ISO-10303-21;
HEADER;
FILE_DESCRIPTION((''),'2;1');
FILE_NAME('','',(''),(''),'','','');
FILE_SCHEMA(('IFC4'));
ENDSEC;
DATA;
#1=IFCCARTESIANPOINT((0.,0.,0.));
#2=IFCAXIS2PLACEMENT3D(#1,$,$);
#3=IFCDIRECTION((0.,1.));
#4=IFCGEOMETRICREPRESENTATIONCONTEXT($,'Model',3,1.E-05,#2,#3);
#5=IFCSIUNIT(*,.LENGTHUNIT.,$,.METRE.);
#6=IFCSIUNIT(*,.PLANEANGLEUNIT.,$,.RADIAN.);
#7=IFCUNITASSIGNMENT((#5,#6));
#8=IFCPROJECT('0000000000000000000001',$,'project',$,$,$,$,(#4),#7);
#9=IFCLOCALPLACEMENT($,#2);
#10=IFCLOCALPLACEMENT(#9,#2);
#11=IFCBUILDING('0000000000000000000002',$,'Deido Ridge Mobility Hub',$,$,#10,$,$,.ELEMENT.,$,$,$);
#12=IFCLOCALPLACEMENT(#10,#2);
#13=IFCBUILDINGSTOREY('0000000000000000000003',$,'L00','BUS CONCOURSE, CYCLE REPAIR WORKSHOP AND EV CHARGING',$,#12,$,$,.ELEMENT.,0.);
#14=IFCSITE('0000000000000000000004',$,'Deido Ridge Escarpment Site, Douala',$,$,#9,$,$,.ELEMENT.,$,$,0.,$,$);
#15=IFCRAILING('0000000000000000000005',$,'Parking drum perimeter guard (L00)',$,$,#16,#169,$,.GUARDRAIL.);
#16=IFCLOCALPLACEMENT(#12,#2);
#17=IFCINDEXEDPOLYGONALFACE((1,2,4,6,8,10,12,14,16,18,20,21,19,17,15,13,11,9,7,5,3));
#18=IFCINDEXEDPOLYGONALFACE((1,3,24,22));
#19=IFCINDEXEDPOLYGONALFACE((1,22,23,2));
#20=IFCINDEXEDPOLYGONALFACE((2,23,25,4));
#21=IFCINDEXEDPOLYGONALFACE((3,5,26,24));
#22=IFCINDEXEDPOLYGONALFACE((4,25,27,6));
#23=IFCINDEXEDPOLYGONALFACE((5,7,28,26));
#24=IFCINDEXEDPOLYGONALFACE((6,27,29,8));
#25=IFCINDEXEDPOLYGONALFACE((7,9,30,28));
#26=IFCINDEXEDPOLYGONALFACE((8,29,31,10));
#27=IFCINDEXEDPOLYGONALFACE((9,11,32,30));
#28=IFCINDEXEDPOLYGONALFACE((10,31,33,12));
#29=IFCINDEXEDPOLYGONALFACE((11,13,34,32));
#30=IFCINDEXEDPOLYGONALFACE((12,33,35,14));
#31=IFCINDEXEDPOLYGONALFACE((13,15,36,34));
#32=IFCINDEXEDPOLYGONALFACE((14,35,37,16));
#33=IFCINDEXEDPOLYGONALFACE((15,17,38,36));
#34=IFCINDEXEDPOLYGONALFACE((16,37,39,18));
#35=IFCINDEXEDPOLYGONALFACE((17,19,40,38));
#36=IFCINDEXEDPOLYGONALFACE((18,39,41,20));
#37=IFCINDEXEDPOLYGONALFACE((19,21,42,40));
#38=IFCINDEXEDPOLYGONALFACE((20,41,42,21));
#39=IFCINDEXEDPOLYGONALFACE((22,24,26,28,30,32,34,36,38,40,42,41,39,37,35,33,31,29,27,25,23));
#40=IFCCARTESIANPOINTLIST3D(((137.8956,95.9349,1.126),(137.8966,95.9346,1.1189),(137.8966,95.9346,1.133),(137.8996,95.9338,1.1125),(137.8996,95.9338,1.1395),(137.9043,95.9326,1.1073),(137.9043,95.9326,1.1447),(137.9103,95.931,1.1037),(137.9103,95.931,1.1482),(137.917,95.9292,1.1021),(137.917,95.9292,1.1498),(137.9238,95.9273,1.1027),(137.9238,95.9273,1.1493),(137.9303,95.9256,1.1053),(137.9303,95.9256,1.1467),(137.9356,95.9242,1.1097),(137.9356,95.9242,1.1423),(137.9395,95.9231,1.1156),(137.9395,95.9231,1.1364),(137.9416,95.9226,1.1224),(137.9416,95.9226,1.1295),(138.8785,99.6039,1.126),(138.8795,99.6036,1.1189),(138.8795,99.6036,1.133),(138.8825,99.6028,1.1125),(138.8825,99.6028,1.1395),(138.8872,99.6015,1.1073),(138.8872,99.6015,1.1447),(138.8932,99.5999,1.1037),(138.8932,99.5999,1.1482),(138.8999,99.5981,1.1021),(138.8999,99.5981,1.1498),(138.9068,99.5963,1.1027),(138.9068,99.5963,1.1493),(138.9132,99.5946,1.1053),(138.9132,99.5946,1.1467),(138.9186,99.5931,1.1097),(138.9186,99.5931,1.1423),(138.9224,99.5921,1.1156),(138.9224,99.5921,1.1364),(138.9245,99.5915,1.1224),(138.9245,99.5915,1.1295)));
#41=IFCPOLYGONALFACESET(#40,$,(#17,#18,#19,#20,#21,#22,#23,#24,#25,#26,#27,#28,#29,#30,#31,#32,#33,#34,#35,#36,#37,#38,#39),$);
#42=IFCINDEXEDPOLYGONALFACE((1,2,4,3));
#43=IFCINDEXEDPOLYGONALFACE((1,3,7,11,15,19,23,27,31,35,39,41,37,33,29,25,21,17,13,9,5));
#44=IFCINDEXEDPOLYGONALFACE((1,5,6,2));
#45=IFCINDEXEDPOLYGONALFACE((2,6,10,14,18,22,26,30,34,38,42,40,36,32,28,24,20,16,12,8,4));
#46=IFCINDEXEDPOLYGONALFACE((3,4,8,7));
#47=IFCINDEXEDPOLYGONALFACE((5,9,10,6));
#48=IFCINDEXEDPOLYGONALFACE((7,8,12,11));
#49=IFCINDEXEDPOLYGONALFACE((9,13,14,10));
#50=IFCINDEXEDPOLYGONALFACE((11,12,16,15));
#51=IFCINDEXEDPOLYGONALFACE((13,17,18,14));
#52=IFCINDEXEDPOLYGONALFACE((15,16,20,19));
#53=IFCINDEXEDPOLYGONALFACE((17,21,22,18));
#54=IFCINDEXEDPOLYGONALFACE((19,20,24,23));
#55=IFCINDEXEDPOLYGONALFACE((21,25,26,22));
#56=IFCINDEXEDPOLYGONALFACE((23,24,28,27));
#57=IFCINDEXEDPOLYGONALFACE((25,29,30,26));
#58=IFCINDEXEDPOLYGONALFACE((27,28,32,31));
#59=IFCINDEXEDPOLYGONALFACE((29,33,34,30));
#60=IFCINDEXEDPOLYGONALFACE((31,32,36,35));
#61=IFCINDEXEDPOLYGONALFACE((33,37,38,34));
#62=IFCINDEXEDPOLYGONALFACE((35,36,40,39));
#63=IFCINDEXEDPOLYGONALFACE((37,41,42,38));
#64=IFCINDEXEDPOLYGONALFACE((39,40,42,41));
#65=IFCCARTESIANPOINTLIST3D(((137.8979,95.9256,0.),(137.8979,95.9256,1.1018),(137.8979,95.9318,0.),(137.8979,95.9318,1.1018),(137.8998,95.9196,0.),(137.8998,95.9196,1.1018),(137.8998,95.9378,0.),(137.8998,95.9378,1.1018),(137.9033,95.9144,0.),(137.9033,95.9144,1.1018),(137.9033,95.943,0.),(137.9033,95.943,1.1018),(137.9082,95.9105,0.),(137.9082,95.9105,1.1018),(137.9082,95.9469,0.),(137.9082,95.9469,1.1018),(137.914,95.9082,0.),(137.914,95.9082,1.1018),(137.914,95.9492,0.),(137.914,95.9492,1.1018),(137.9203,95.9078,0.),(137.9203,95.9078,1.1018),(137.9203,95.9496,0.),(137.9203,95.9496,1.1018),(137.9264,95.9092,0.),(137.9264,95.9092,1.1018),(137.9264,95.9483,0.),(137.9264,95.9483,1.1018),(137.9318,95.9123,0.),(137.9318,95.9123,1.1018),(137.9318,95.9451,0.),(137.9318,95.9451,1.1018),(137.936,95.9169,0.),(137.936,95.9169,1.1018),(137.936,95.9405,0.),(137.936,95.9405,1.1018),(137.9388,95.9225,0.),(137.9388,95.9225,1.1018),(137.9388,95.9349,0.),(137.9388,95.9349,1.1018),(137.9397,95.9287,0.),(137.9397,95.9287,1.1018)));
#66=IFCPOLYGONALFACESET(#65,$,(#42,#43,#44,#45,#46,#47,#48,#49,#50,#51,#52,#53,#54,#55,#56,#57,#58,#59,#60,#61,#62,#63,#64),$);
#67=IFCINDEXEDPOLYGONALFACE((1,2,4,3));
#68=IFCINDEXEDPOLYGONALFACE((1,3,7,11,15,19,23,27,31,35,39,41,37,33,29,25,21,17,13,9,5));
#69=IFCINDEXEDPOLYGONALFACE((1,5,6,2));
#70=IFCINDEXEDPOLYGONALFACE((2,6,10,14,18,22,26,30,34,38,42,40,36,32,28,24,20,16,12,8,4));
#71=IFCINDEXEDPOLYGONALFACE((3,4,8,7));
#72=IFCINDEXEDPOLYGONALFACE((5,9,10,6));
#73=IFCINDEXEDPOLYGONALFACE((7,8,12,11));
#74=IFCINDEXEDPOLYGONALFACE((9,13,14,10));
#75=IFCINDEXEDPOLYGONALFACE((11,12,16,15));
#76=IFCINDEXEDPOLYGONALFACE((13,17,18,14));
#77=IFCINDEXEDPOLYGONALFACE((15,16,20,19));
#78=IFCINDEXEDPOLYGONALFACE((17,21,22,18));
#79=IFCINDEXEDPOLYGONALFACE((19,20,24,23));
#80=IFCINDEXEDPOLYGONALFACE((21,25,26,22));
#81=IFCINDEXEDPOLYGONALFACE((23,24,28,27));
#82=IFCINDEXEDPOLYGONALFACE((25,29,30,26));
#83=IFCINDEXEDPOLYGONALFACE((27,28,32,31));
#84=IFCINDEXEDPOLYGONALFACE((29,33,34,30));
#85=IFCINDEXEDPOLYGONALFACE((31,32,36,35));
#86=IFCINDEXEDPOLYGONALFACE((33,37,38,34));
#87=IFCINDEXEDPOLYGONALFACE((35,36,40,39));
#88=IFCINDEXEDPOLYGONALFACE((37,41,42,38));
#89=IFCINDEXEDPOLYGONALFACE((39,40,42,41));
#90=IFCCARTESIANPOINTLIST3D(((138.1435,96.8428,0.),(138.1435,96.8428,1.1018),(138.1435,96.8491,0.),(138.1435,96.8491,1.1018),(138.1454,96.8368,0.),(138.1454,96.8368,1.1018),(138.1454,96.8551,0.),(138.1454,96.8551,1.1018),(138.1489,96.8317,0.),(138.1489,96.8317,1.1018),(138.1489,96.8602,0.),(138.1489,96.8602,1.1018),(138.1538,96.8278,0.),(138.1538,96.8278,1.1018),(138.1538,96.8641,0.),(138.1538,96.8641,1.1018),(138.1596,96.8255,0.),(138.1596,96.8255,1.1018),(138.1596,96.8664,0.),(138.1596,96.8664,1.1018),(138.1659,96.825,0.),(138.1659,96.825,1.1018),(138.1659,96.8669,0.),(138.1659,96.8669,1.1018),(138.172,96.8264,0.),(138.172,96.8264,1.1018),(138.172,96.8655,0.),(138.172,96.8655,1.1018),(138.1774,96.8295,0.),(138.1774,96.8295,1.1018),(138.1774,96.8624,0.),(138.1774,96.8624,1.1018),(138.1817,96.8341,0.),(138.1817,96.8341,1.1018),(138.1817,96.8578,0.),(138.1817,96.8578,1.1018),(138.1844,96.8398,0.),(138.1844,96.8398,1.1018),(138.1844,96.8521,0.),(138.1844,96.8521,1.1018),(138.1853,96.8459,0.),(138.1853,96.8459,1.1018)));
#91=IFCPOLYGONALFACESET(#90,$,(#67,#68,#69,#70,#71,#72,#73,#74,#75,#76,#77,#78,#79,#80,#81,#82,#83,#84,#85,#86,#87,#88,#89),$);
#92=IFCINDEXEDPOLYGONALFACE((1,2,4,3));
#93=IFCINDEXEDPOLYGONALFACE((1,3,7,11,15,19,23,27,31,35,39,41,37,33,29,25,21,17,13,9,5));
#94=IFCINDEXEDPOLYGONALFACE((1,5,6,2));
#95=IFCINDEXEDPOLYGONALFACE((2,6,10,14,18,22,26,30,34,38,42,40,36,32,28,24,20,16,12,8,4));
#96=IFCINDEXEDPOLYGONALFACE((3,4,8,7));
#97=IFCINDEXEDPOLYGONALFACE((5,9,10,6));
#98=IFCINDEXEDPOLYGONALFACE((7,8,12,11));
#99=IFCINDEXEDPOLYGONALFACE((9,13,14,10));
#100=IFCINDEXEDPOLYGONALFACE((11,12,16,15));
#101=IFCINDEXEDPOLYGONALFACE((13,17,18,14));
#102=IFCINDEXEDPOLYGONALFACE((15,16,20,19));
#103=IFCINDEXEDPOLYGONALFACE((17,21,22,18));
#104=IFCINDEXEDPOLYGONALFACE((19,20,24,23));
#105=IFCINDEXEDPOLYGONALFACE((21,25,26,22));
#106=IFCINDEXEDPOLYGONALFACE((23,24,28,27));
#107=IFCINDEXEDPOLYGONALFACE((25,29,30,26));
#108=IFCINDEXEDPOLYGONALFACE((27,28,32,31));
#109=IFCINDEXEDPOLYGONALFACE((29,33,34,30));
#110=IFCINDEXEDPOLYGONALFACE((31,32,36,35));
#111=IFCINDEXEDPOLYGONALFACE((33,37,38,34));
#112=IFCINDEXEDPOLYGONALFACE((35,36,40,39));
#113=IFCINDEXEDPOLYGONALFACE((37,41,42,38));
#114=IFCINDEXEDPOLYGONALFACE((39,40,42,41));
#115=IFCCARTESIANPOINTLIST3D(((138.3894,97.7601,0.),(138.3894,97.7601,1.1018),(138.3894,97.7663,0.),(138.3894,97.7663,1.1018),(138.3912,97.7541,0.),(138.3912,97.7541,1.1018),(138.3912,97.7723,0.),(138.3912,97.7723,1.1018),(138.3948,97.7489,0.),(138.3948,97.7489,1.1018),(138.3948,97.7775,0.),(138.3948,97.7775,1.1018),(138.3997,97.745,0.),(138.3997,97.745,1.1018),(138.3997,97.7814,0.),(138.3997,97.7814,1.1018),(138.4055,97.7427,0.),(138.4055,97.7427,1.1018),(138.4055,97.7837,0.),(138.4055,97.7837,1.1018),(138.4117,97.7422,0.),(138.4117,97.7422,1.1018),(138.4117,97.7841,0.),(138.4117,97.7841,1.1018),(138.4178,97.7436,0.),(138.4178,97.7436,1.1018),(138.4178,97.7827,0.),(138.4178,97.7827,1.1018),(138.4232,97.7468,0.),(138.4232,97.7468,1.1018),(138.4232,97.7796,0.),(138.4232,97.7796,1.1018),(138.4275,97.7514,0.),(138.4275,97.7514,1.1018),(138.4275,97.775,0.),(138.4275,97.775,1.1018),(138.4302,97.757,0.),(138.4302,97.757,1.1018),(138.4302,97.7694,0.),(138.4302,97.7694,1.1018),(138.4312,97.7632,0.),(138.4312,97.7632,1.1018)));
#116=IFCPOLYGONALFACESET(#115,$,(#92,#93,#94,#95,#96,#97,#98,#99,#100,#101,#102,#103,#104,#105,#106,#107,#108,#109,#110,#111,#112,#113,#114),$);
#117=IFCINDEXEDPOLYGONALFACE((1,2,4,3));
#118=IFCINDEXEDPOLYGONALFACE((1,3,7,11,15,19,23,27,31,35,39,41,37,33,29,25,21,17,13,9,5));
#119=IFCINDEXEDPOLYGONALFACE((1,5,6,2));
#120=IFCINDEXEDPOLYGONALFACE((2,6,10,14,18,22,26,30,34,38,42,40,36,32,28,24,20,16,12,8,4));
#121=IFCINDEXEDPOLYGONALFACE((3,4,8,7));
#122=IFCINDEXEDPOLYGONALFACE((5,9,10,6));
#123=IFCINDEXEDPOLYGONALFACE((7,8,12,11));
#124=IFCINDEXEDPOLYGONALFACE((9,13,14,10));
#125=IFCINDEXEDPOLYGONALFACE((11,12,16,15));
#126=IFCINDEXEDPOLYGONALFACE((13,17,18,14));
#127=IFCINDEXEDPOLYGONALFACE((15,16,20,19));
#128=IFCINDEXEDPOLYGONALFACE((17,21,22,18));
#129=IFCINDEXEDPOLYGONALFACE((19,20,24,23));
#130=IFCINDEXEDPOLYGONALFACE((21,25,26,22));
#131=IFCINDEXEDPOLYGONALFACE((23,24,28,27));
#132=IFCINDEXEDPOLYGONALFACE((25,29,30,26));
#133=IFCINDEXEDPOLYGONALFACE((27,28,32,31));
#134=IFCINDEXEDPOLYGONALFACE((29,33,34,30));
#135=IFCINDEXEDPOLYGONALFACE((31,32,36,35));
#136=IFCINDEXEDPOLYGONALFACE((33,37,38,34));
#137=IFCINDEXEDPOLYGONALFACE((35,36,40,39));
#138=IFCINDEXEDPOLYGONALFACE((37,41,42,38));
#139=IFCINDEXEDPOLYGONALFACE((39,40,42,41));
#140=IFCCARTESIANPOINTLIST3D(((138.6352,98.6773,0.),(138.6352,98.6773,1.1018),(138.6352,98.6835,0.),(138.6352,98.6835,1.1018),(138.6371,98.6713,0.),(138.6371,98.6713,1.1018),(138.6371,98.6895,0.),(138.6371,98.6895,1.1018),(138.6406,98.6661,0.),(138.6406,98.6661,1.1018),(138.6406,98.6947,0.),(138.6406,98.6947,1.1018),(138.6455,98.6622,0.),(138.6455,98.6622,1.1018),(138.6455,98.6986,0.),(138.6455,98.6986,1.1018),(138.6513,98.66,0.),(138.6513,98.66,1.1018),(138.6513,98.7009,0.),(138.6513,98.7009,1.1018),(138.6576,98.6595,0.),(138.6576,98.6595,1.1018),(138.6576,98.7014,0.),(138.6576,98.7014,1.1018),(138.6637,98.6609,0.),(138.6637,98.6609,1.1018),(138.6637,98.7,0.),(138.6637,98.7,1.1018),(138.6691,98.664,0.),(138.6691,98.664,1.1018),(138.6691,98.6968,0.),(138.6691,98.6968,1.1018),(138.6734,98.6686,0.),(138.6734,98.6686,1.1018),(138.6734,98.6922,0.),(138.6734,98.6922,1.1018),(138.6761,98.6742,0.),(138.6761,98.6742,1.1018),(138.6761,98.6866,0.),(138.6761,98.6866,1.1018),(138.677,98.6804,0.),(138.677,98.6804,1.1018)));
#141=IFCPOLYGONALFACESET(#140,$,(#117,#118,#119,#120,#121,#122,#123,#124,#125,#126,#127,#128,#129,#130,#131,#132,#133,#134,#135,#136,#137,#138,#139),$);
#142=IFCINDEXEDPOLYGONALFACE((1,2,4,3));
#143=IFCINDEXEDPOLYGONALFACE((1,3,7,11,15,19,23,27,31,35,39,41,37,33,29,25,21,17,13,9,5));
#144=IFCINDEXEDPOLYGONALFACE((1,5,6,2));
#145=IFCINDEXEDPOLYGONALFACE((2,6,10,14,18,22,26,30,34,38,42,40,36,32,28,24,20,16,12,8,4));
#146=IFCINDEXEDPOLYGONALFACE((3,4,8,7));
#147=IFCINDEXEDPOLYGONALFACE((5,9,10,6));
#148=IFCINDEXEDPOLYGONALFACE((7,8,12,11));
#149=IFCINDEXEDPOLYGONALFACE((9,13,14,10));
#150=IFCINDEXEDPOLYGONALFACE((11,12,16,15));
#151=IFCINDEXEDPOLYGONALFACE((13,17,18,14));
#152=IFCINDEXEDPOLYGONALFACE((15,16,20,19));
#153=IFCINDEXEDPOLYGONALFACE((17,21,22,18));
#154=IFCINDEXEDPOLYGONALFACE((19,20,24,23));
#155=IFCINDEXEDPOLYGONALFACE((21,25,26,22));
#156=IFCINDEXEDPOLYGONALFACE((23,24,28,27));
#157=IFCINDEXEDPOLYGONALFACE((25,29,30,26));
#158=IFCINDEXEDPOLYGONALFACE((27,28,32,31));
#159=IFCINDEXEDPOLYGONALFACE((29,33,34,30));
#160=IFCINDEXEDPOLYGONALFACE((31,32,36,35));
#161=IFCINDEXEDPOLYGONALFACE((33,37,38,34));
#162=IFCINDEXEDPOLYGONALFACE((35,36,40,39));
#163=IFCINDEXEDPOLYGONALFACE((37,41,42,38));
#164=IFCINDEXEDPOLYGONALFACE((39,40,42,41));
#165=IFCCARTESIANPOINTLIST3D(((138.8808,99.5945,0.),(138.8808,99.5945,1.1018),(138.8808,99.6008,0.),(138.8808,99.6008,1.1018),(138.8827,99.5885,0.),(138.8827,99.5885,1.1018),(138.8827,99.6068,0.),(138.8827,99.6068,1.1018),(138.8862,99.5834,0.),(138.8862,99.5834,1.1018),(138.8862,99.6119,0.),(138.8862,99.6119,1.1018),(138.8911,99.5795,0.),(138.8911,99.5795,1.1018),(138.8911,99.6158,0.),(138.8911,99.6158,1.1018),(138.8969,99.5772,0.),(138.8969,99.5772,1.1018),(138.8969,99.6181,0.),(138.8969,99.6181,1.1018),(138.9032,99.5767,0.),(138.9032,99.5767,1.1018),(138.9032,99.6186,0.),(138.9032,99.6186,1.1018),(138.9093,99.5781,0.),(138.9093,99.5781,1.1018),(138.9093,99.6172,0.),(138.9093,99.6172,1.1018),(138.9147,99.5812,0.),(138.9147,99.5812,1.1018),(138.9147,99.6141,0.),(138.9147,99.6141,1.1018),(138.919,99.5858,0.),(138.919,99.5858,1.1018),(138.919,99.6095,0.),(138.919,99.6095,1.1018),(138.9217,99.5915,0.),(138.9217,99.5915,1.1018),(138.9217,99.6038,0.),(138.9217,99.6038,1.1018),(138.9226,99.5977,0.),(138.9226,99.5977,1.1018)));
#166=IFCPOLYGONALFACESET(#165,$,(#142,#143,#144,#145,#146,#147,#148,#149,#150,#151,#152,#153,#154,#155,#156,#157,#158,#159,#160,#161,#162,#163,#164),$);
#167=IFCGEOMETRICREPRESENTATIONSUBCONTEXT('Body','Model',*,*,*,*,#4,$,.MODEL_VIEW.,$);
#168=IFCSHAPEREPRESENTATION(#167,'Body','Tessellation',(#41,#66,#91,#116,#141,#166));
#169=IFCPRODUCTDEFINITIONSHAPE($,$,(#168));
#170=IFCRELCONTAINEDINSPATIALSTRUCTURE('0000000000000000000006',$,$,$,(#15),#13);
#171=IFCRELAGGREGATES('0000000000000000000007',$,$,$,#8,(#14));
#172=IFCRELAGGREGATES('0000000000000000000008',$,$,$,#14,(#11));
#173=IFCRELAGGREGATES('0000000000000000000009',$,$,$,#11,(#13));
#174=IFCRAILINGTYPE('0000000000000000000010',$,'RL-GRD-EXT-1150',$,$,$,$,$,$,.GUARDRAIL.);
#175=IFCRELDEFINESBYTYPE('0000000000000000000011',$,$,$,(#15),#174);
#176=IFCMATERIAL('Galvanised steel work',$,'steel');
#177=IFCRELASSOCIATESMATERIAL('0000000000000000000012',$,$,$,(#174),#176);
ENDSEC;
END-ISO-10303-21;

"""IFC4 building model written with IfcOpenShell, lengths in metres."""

from ifc_helpers import new_model, si_unit, direction, frame, origin, origin_2d, place, context, subcontext, project, spatial, circle, extrude, material, type_object, element, save


model = new_model("IFC4")

# Units and contexts
model_context = context("Model", 3, precision=1e-05, world=origin(), true_north=direction((0.0, 1.0)))
body_context = subcontext(model_context, "Body", "Model", "MODEL_VIEW")
ifc_project = project(units=[si_unit("LENGTHUNIT", "METRE"), si_unit("PLANEANGLEUNIT", "RADIAN")], contexts=[model_context])

# Site, building, storey
site_placement = place(None, origin())
site = spatial("IfcSite", under=ifc_project, at=site_placement, Name="Deido Ridge Escarpment Site, Douala", CompositionType="ELEMENT", RefElevation=0.0)
building_placement = place(site_placement, origin())
building = spatial("IfcBuilding", under=site, at=building_placement, Name="Deido Ridge Mobility Hub", CompositionType="ELEMENT")
storey_placement = place(building_placement, origin())
storey = spatial("IfcBuildingStorey", under=building, at=storey_placement, Name="L00", Description="BUS CONCOURSE, CYCLE REPAIR WORKSHOP AND EV CHARGING", CompositionType="ELEMENT", Elevation=0.0)

# Railing
ifc_material_1 = material(Name="Galvanised steel work", Category="steel")
railing_type = type_object("IfcRailingType", Name="RL-GRD-EXT-1150", PredefinedType="GUARDRAIL", material=ifc_material_1)
railing_1_placement = place(storey_placement, frame((137.9187, 95.9287, 0.0)))
element("IfcRailing", 1, at=railing_1_placement, inside=storey, type_object=railing_type, Name="Parking drum perimeter guard (L00)", PredefinedType="GUARDRAIL", context=body_context, shape_type="SweptSolid", body=[
    extrude(circle(Radius=0.0239, at=origin_2d()), frame((0.0, 0.0, 1.126), z_axis=(0.258775, 0.965938, 0.0), x_axis=(-0.965938, 0.258775, 0.0)), (0.0, 0.0, 1.0), 3.7983),
    extrude(circle(Radius=0.021, at=origin_2d()), origin(), (0.0, 0.0, 1.0), 1.1018),
    extrude(circle(Radius=0.021, at=origin_2d()), frame((0.2456, 0.9172, 0.0)), (0.0, 0.0, 1.0), 1.1018),
    extrude(circle(Radius=0.021, at=origin_2d()), frame((0.4915, 1.8345, 0.0)), (0.0, 0.0, 1.0), 1.1018),
    extrude(circle(Radius=0.021, at=origin_2d()), frame((0.7373, 2.7517, 0.0)), (0.0, 0.0, 1.0), 1.1018),
    extrude(circle(Radius=0.021, at=origin_2d()), frame((0.9829, 3.6689, 0.0)), (0.0, 0.0, 1.0), 1.1018),
])

save(model, "model.ifc")
